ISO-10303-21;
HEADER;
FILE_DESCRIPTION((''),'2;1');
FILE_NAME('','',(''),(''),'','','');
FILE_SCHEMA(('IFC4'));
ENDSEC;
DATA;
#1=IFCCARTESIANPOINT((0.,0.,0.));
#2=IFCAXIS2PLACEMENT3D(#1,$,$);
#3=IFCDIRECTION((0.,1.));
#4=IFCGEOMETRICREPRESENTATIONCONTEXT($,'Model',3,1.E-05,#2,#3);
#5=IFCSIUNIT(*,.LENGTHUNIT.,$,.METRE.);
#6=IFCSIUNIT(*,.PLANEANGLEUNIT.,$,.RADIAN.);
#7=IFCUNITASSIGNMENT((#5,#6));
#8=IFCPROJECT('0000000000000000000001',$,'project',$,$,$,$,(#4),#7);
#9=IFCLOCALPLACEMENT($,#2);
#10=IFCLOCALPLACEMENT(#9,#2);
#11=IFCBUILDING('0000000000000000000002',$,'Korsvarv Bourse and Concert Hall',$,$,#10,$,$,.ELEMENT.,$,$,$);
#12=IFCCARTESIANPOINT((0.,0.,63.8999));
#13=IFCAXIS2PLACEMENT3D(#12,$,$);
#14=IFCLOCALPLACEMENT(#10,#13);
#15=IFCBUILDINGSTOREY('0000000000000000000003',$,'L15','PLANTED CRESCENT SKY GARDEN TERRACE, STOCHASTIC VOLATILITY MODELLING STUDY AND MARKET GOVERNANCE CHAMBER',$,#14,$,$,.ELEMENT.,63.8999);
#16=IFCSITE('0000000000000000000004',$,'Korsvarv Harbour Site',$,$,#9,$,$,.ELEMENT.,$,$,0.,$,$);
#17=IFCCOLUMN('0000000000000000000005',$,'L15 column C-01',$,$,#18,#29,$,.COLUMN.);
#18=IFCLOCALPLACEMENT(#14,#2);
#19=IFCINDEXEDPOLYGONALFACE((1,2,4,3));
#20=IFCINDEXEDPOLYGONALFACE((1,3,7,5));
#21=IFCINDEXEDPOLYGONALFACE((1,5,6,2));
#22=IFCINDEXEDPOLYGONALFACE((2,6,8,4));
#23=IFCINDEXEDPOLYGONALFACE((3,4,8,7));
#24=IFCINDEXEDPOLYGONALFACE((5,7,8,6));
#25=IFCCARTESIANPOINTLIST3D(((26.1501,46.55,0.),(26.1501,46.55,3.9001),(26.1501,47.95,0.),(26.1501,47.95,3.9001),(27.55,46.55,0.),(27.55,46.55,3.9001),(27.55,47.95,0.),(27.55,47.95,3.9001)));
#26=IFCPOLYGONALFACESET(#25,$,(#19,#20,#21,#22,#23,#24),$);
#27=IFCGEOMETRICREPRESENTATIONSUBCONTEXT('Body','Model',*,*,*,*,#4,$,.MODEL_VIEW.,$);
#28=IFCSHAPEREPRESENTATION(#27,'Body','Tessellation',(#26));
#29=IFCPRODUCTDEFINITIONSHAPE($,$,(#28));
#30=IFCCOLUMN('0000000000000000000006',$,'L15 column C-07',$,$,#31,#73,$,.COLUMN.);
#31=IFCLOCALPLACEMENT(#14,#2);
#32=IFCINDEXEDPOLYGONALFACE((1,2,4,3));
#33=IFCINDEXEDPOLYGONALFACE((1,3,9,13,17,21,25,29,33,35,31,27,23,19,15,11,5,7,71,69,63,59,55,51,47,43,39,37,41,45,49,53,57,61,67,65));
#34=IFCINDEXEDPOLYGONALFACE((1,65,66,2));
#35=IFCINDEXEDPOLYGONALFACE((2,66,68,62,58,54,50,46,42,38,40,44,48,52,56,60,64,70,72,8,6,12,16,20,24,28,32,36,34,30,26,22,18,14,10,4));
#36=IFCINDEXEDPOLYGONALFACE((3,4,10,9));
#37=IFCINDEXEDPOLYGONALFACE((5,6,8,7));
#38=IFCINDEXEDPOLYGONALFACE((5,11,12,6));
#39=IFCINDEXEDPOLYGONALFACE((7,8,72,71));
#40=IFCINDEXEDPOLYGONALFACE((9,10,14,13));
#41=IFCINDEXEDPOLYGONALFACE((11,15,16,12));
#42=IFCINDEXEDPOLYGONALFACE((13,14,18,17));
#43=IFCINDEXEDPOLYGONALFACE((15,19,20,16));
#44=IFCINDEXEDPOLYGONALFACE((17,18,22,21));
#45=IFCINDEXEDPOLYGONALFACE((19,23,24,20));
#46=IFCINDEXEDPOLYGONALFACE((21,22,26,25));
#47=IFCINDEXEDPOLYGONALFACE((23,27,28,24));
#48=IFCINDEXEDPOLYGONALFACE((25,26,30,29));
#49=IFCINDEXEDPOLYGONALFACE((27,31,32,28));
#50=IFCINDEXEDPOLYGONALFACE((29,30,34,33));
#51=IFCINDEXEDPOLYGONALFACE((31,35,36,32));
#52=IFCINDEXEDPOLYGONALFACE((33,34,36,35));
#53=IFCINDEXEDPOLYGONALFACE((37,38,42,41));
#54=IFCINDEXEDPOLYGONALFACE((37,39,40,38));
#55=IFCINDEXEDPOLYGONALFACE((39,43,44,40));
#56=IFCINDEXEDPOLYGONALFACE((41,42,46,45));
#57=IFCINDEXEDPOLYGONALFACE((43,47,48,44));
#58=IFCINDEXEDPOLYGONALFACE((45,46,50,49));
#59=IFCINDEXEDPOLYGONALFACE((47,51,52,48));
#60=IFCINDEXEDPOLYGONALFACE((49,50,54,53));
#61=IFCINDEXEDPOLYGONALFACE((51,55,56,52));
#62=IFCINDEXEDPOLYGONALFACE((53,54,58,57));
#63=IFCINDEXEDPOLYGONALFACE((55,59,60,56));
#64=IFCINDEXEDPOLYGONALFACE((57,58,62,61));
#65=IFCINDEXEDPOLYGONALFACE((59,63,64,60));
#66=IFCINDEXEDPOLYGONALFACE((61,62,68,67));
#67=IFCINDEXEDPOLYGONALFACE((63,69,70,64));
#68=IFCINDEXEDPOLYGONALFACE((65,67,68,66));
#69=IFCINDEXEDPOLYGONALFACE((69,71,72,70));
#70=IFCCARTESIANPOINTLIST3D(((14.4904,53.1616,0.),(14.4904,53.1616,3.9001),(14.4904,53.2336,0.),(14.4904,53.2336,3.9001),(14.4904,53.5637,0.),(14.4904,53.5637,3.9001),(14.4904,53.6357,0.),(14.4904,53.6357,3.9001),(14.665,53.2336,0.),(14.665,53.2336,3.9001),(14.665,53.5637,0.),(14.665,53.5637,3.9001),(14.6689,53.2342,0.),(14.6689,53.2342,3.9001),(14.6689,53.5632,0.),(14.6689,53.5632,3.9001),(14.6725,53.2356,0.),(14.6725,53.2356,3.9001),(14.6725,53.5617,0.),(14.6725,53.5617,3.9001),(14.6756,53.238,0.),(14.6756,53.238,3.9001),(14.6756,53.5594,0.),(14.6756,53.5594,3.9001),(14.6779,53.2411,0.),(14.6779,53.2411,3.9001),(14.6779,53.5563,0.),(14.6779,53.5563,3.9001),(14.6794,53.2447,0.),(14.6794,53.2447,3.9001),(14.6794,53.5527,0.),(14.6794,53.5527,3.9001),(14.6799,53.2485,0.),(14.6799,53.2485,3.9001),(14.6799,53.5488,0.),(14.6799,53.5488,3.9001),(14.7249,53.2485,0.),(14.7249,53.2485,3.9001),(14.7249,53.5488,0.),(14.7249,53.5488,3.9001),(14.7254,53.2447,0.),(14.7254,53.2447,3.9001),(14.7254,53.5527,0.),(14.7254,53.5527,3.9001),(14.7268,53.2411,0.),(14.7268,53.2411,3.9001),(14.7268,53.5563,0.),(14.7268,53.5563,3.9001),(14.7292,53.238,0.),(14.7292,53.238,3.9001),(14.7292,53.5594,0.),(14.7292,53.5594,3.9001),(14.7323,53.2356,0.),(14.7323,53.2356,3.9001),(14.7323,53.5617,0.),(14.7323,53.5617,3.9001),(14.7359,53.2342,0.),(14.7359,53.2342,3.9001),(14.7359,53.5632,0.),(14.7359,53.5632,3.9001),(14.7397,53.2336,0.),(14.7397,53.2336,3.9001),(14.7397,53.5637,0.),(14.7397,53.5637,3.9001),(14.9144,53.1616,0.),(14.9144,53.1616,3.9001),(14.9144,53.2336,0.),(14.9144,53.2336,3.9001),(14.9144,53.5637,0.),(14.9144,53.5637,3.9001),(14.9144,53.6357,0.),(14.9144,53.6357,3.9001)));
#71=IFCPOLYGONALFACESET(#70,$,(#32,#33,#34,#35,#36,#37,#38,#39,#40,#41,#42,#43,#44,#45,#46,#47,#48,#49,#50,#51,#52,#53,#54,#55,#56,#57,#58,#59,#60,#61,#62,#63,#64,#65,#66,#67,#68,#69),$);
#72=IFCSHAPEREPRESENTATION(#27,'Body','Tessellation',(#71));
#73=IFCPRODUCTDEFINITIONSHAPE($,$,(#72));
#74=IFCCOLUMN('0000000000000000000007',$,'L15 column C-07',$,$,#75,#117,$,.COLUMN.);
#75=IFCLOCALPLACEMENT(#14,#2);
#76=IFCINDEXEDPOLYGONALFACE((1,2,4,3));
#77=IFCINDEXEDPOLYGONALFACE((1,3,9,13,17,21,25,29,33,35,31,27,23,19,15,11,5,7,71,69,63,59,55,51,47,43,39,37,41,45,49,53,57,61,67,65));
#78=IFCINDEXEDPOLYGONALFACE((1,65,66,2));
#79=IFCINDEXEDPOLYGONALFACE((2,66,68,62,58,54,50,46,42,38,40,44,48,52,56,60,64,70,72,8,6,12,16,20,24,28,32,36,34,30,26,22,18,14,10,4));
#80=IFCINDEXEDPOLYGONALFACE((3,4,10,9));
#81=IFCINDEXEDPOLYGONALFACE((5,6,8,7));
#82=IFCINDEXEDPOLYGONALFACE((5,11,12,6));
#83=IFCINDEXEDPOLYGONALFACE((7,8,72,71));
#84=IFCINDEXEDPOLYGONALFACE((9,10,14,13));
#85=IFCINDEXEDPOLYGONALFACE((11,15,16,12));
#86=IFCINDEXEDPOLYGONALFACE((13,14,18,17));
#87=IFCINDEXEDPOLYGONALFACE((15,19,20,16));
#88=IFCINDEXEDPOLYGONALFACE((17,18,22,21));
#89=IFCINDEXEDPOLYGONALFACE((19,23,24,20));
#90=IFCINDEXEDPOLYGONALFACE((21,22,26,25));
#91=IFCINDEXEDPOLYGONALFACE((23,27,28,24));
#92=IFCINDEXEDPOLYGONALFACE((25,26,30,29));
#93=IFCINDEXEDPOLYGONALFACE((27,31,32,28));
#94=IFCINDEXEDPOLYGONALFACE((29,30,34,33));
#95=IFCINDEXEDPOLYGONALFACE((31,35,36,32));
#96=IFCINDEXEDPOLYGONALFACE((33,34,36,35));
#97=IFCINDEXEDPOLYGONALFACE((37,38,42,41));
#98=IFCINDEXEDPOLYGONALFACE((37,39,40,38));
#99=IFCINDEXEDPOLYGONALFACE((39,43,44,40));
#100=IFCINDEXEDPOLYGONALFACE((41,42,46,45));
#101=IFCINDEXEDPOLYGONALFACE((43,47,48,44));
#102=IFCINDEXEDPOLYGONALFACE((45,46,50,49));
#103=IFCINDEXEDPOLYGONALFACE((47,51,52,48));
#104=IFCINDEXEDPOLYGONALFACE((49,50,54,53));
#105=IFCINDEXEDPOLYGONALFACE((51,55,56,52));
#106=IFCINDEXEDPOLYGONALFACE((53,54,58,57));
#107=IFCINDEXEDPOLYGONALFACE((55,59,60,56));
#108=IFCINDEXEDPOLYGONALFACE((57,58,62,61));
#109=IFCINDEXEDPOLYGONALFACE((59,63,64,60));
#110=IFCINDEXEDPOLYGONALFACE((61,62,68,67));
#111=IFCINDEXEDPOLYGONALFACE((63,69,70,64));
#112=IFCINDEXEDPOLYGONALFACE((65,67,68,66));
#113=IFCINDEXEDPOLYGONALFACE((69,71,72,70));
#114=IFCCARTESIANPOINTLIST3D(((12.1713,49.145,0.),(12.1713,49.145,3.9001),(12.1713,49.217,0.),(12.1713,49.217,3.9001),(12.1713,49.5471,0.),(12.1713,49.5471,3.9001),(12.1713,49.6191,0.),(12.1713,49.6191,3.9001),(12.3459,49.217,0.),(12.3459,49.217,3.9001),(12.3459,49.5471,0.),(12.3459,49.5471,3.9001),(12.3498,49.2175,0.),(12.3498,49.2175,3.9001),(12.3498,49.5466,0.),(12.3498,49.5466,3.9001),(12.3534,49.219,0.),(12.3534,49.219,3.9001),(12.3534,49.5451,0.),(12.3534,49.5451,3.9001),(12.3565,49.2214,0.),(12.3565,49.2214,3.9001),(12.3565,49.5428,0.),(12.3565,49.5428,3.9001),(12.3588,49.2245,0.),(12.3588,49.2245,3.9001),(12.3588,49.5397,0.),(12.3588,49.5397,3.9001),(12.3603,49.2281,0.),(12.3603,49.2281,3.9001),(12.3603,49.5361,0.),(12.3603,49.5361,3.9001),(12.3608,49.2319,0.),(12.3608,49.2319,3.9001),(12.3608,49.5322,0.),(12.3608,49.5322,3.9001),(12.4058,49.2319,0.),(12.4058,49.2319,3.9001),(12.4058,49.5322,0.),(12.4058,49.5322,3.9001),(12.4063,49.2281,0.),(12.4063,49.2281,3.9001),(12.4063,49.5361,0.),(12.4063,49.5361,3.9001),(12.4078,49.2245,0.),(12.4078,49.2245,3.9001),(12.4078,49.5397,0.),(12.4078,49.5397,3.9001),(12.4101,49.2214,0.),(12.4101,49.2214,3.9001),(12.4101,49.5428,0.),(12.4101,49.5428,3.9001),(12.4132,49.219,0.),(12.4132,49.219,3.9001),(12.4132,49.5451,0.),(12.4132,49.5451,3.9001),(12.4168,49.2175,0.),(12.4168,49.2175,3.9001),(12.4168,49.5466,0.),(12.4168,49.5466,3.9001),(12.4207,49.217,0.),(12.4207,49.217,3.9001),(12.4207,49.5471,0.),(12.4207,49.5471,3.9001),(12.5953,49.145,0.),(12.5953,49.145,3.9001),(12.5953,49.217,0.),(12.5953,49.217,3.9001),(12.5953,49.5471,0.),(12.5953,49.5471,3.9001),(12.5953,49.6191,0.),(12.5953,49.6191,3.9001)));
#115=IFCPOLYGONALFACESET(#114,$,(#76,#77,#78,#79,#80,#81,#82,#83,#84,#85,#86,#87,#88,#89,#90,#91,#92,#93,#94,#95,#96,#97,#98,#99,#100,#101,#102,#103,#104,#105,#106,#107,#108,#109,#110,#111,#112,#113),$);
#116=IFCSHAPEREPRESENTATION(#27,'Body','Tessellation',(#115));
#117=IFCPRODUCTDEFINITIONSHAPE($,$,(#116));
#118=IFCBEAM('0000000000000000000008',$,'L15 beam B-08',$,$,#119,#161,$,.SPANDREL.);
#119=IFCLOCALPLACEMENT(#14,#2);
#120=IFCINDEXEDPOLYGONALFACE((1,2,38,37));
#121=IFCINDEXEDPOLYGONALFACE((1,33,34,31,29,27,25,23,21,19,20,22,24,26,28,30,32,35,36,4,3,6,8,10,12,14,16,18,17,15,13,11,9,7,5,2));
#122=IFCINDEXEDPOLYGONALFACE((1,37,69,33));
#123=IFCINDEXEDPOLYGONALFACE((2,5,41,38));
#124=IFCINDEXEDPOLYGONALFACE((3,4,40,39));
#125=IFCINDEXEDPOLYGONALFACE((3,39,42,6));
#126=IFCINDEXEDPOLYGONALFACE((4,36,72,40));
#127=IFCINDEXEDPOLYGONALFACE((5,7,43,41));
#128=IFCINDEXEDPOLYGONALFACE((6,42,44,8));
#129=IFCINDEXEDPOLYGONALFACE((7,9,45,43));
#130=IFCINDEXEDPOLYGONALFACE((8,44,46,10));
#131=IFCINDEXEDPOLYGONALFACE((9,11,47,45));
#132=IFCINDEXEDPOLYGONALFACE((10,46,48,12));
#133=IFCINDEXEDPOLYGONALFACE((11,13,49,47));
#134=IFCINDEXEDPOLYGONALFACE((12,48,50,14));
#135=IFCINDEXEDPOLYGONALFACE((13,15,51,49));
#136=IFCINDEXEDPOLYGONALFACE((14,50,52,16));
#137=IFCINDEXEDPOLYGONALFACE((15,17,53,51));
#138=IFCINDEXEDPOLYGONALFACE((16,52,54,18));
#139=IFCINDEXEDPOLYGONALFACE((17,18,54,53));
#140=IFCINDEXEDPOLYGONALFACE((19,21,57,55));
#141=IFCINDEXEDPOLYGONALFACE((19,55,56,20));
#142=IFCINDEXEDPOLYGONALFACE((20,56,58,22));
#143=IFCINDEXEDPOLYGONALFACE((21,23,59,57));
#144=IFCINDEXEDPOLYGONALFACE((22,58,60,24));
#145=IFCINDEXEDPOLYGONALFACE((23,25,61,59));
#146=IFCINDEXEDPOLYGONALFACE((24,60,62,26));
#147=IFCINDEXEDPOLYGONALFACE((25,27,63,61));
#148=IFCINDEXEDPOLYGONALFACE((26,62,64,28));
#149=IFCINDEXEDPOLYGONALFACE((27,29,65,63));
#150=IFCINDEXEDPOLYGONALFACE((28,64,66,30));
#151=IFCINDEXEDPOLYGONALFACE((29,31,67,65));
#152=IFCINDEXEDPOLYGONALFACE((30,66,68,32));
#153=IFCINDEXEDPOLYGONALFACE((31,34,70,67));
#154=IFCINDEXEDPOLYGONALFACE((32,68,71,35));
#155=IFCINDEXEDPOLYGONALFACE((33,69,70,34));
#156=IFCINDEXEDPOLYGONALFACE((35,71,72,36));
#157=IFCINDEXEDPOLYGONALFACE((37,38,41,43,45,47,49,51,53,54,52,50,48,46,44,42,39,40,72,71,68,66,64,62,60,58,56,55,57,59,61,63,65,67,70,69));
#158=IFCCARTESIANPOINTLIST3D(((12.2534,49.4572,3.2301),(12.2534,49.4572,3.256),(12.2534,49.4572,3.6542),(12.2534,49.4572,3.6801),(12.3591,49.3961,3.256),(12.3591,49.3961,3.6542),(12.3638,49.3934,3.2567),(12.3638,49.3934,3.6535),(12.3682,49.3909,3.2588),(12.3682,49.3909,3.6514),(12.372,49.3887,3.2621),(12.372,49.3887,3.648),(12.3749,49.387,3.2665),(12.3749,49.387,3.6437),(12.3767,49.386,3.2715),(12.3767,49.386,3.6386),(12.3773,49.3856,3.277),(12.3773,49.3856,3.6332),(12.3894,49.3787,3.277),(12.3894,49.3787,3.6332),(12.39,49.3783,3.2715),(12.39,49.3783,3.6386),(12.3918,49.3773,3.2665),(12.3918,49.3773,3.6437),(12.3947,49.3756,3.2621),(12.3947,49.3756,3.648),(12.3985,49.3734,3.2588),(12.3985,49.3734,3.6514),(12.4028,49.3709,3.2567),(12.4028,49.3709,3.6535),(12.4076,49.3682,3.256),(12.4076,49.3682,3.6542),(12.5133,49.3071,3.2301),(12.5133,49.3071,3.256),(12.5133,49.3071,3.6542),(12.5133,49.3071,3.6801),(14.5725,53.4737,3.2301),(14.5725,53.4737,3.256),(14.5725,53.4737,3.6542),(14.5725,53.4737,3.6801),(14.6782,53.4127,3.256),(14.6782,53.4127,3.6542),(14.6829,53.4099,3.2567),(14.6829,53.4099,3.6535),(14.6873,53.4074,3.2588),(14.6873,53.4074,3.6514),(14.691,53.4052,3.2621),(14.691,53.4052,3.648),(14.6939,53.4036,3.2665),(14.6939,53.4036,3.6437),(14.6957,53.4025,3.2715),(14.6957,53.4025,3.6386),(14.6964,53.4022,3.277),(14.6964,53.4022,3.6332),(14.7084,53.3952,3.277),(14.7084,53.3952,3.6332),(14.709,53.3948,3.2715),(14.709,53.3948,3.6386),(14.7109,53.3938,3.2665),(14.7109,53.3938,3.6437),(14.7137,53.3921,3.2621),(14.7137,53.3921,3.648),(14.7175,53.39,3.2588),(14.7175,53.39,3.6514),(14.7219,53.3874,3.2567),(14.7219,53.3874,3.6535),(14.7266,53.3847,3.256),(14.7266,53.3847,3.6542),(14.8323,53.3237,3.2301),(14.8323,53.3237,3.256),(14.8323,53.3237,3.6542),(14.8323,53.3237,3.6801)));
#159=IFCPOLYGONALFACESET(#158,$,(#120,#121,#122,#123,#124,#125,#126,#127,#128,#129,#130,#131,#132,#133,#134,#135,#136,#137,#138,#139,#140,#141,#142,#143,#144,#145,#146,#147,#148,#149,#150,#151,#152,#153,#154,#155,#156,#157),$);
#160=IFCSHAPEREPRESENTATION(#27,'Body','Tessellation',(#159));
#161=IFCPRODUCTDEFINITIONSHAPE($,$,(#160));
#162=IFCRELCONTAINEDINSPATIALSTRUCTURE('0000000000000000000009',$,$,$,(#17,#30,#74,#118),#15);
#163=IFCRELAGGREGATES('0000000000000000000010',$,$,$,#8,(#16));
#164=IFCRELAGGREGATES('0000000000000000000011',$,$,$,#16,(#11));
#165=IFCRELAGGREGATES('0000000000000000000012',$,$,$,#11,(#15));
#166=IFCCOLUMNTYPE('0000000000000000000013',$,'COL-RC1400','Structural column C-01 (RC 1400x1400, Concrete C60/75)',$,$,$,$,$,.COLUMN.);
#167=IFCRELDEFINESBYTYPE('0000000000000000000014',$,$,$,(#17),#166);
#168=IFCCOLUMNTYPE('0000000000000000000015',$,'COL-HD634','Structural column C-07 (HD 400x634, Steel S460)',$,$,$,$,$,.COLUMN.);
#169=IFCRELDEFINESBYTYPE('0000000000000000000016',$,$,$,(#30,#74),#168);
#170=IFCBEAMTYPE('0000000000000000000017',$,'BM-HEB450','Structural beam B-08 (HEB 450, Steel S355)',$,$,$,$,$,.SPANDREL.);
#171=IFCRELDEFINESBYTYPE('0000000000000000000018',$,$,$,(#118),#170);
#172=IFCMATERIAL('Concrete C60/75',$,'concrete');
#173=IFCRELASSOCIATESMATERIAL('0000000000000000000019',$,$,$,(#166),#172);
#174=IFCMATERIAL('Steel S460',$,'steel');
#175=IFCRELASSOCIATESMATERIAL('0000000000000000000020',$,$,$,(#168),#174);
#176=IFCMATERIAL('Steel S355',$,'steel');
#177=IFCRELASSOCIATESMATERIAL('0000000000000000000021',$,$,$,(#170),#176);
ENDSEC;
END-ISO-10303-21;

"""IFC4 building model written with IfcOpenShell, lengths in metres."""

from ifc_helpers import new_model, si_unit, direction, frame, origin, origin_2d, place, context, subcontext, project, spatial, rectangle, i_section, extrude, source, transform, mapped, material, material_profile, profile_set, type_object, element, save


model = new_model("IFC4")

# Units and contexts
model_context = context("Model", 3, precision=1e-05, world=origin(), true_north=direction((0.0, 1.0)))
body_context = subcontext(model_context, "Body", "Model", "MODEL_VIEW")
ifc_project = project(units=[si_unit("LENGTHUNIT", "METRE"), si_unit("PLANEANGLEUNIT", "RADIAN")], contexts=[model_context])

# Site, building, storey
site_placement = place(None, origin())
site = spatial("IfcSite", under=ifc_project, at=site_placement, Name="Korsvarv Harbour Site", CompositionType="ELEMENT", RefElevation=0.0)
building_placement = place(site_placement, origin())
building = spatial("IfcBuilding", under=site, at=building_placement, Name="Korsvarv Bourse and Concert Hall", CompositionType="ELEMENT")
storey_placement = place(building_placement, frame((0.0, 0.0, 63.8999)))
storey = spatial("IfcBuildingStorey", under=building, at=storey_placement, Name="L15", Description="PLANTED CRESCENT SKY GARDEN TERRACE, STOCHASTIC VOLATILITY MODELLING STUDY AND MARKET GOVERNANCE CHAMBER", CompositionType="ELEMENT", Elevation=63.8999)

# Columns
ifc_material_1 = material(Name="Concrete C60/75", Category="concrete")
ifc_material_profile_1 = material_profile(ifc_material_1, rectangle(XDim=1.3999, YDim=1.3999, at=origin_2d()), Name="RC 1400x1400")
ifc_profile_set_1 = profile_set([ifc_material_profile_1], Name="Concrete C60/75")
column_type_1 = type_object("IfcColumnType", Name="COL-RC1400", Description="Structural column C-01 (RC 1400x1400, Concrete C60/75)", PredefinedType="COLUMN", material=ifc_profile_set_1)
shared_shape_1 = source(origin(), body_context, "Body", "SweptSolid", [
    extrude(rectangle(XDim=1.3999, YDim=1.3999, at=origin_2d()), origin(), (0.0, 0.0, 1.0), 3.9001),
])
column_placement = place(storey_placement, frame((26.8501, 47.25, 0.0), z_axis=(0.0, 0.0, 1.0), x_axis=(1.0, 0.0, 0.0)))
element("IfcColumn", 1, at=column_placement, inside=storey, type_object=column_type_1, Name="L15 column C-01", PredefinedType="COLUMN", context=body_context, shape_type="MappedRepresentation", body=[
    mapped(shared_shape_1, transform((0.0, 0.0, 0.0), scale=1.0)),
])
ifc_material_2 = material(Name="Steel S460", Category="steel")
ifc_material_profile_2 = material_profile(ifc_material_2, i_section(OverallWidth=0.4241, OverallDepth=0.4741, WebThickness=0.0449, FlangeThickness=0.072, FilletRadius=0.0149, at=origin_2d()), Name="HD 400x634")
ifc_profile_set_2 = profile_set([ifc_material_profile_2], Name="Steel S460")
column_type_2 = type_object("IfcColumnType", Name="COL-HD634", Description="Structural column C-07 (HD 400x634, Steel S460)", PredefinedType="COLUMN", material=ifc_profile_set_2)
shared_shape_2 = source(origin(), body_context, "Body", "SweptSolid", [
    extrude(i_section(OverallWidth=0.4241, OverallDepth=0.4741, WebThickness=0.0449, FlangeThickness=0.072, FilletRadius=0.0149, at=origin_2d()), origin(), (0.0, 0.0, 1.0), 3.9001),
])
for number, where, z_axis, x_axis, name in (
    (2, (14.7024, 53.3987, 0.0), (0.0, 0.0, 1.0), (1.0, 0.0, 0.0), "L15 column C-07"),
    (3, (12.3833, 49.3821, 0.0), (0.0, 0.0, 1.0), (1.0, 0.0, 0.0), "L15 column C-07"),
):
    element("IfcColumn", number, at=place(storey_placement, frame(where, z_axis=z_axis, x_axis=x_axis)), inside=storey, type_object=column_type_2, Name=name, PredefinedType="COLUMN", context=body_context, shape_type="MappedRepresentation", body=[
        mapped(shared_shape_2, transform((0.0, 0.0, 0.0), scale=1.0)),
    ])

# Beam
ifc_material_3 = material(Name="Steel S355", Category="steel")
ifc_material_profile_3 = material_profile(ifc_material_3, i_section(OverallWidth=0.3, OverallDepth=0.45, WebThickness=0.0139, FlangeThickness=0.0259, FilletRadius=0.021, at=origin_2d()), Name="HEB 450")
ifc_profile_set_3 = profile_set([ifc_material_profile_3], Name="Steel S355")
beam_type_1 = type_object("IfcBeamType", Name="BM-HEB450", Description="Structural beam B-08 (HEB 450, Steel S355)", PredefinedType="SPANDREL", material=ifc_profile_set_3)
shared_shape_3 = source(origin(), body_context, "Body", "SweptSolid", [
    extrude(i_section(OverallWidth=0.3, OverallDepth=0.45, WebThickness=0.0139, FlangeThickness=0.0259, FilletRadius=0.021, at=origin_2d()), origin(), (0.0, 0.0, 1.0), 4.6379),
])
beam_1_placement = place(storey_placement, frame((14.7024, 53.3987, 3.4551), z_axis=(-0.500017, -0.866016, 0.0), x_axis=(0.866016, -0.500017, 0.0)))
element("IfcBeam", 4, at=beam_1_placement, inside=storey, type_object=beam_type_1, Name="L15 beam B-08", PredefinedType="SPANDREL", context=body_context, shape_type="MappedRepresentation", body=[
    mapped(shared_shape_3, transform((0.0, 0.0, 0.0), scale=1.0)),
])

save(model, "model.ifc")
